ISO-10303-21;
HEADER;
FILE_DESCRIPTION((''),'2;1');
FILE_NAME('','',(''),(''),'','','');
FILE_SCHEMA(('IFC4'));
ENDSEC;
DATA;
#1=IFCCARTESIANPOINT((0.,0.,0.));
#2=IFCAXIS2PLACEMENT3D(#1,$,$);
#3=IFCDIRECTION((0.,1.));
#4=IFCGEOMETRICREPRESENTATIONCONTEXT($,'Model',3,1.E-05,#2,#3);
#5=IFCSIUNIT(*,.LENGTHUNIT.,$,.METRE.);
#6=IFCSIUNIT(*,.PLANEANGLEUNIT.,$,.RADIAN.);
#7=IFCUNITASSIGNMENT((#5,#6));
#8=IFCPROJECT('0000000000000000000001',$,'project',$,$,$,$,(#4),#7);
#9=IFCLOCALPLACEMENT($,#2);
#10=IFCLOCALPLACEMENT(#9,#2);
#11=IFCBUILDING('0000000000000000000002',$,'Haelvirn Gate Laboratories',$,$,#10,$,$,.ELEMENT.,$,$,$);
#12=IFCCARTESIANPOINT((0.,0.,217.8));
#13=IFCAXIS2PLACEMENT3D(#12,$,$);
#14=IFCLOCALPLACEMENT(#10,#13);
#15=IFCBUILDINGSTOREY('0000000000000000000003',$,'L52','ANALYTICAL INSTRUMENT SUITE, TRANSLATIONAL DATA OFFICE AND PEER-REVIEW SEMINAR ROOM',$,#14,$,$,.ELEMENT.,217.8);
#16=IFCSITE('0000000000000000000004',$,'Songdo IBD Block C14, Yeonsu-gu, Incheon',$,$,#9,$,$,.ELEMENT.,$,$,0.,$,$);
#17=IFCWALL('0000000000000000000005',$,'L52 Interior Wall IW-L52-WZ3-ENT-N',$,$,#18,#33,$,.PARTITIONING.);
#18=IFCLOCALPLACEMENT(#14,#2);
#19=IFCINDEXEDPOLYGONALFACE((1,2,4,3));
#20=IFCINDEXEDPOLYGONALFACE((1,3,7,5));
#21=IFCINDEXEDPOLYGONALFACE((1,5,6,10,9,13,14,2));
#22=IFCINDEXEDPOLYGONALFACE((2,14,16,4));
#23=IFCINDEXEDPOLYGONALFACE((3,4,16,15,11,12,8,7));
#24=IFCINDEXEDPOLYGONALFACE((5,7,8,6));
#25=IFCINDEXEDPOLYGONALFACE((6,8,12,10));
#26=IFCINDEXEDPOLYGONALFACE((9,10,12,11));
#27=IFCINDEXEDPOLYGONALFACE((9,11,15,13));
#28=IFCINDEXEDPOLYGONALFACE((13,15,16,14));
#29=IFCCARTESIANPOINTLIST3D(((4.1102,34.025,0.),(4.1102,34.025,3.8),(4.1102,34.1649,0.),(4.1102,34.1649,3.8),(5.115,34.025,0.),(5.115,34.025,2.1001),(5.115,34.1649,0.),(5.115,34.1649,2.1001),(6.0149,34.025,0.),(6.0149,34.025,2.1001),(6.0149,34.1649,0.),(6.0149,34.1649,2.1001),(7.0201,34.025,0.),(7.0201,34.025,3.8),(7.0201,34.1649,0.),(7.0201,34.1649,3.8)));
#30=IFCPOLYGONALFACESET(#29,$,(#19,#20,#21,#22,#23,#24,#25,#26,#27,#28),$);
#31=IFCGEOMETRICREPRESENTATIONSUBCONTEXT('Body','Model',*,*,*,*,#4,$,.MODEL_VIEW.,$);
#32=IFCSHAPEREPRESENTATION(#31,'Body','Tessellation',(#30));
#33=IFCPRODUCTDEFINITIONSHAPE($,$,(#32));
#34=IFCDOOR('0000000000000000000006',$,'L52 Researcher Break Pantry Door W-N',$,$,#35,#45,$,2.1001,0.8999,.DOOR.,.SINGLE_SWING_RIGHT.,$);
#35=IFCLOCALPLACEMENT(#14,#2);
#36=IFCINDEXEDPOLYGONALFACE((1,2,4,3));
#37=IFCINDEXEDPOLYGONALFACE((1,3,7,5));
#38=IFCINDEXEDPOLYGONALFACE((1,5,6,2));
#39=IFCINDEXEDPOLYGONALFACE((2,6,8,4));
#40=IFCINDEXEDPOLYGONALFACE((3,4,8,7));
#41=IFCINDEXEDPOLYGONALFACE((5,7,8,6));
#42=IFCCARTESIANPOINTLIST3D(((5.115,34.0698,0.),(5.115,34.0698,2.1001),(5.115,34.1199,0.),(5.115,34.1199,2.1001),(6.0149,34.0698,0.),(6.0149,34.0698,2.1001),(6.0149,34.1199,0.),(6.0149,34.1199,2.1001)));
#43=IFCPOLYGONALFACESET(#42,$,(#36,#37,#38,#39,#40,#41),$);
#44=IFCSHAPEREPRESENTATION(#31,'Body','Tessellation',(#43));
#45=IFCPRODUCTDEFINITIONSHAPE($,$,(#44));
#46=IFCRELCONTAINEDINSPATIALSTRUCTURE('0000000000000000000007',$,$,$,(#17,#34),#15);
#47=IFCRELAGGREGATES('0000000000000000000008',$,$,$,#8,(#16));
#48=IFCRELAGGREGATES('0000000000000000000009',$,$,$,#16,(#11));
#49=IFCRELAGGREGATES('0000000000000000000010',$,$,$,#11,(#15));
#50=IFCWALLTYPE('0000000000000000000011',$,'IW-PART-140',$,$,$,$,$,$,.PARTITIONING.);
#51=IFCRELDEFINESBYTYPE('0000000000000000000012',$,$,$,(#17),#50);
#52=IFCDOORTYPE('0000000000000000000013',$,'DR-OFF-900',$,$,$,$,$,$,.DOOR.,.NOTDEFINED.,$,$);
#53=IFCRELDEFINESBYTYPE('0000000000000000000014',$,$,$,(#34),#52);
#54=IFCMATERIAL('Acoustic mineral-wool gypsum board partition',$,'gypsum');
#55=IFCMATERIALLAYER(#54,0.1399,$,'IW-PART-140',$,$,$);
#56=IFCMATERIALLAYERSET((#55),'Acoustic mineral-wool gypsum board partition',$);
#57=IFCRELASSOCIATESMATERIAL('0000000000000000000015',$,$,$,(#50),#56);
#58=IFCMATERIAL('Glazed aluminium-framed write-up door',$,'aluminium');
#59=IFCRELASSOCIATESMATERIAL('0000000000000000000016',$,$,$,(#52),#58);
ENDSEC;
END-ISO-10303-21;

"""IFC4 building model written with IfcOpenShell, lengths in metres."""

from ifc_helpers import new_model, si_unit, direction, frame, frame_2d, origin, place, context, subcontext, project, spatial, rectangle, extrude, source, transform, mapped, material, layer, layer_set, type_object, type_shapes, element, fill, save


model = new_model("IFC4")

# Units and contexts
model_context = context("Model", 3, precision=1e-05, world=origin(), true_north=direction((0.0, 1.0)))
body_context = subcontext(model_context, "Body", "Model", "MODEL_VIEW")
ifc_project = project(units=[si_unit("LENGTHUNIT", "METRE"), si_unit("PLANEANGLEUNIT", "RADIAN")], contexts=[model_context])

# Site, building, storey
site_placement = place(None, origin())
site = spatial("IfcSite", under=ifc_project, at=site_placement, Name="Songdo IBD Block C14, Yeonsu-gu, Incheon", CompositionType="ELEMENT", RefElevation=0.0)
building_placement = place(site_placement, origin())
building = spatial("IfcBuilding", under=site, at=building_placement, Name="Haelvirn Gate Laboratories", CompositionType="ELEMENT")
storey_placement = place(building_placement, frame((0.0, 0.0, 217.8)))
storey = spatial("IfcBuildingStorey", under=building, at=storey_placement, Name="L52", Description="ANALYTICAL INSTRUMENT SUITE, TRANSLATIONAL DATA OFFICE AND PEER-REVIEW SEMINAR ROOM", CompositionType="ELEMENT", Elevation=217.8)

# Wall, opening, door
ifc_material_1 = material(Name="Acoustic mineral-wool gypsum board partition", Category="gypsum")
ifc_layer_1 = layer(ifc_material_1, 0.1399, Name="IW-PART-140")
ifc_layer_set_1 = layer_set([ifc_layer_1], Name="Acoustic mineral-wool gypsum board partition")
wall_type_1 = type_object("IfcWallType", Name="IW-PART-140", PredefinedType="PARTITIONING", material=ifc_layer_set_1)
wall_1_placement = place(storey_placement, frame((4.1101, 34.095, 0.0), z_axis=(0.0, 0.0, 1.0), x_axis=(1.0, 0.0, 0.0)))
wall_1 = element("IfcWall", 1, at=wall_1_placement, inside=storey, type_object=wall_type_1, Name="L52 Interior Wall IW-L52-WZ3-ENT-N", PredefinedType="PARTITIONING", context=body_context, shape_type="SweptSolid", body=[
    extrude(rectangle(XDim=2.9099, YDim=0.1399, at=frame_2d((1.4551, 0.0))), origin(), (0.0, 0.0, 1.0), 3.8),
])
opening_1_placement = place(wall_1_placement, frame((1.0049, 0.0, 0.0)))
opening_1 = element("IfcOpeningElement", 2, at=opening_1_placement, cuts=wall_1, PredefinedType="OPENING", context=body_context, shape_type="SweptSolid", body=[
    extrude(rectangle(XDim=0.8999, YDim=2.1001, at=frame_2d((0.45, 1.05))), frame((0.0, 0.0801, 0.0), z_axis=(0.0, -1.0, 0.0), x_axis=(1.0, 0.0, 0.0)), (0.0, 0.0, 1.0), 0.1599),
])
ifc_material_2 = material(Name="Glazed aluminium-framed write-up door", Category="aluminium")
door_type_1 = type_object("IfcDoorType", Name="DR-OFF-900", OperationType="NOTDEFINED", PredefinedType="DOOR", material=ifc_material_2)
shared_shape_1 = source(origin(), body_context, "Body", "SweptSolid", [
    extrude(rectangle(XDim=0.8999, YDim=2.1001, at=frame_2d((0.45, 1.05))), frame((0.0, 0.0249, 0.0), z_axis=(0.0, -1.0, 0.0), x_axis=(1.0, 0.0, 0.0)), (0.0, 0.0, 1.0), 0.05),
])
type_shapes(door_type_1, [shared_shape_1])
door_1_placement = place(opening_1_placement, origin())
door_1 = element("IfcDoor", 3, at=door_1_placement, inside=storey, type_object=door_type_1, Name="L52 Researcher Break Pantry Door W-N", OperationType="SINGLE_SWING_RIGHT", OverallHeight=2.1001, OverallWidth=0.8999, PredefinedType="DOOR", context=body_context, shape_type="MappedRepresentation", body=[
    mapped(shared_shape_1, transform((0.0, 0.0, 0.0), scale=1.0)),
])
fill(opening_1, door_1)

save(model, "model.ifc")
